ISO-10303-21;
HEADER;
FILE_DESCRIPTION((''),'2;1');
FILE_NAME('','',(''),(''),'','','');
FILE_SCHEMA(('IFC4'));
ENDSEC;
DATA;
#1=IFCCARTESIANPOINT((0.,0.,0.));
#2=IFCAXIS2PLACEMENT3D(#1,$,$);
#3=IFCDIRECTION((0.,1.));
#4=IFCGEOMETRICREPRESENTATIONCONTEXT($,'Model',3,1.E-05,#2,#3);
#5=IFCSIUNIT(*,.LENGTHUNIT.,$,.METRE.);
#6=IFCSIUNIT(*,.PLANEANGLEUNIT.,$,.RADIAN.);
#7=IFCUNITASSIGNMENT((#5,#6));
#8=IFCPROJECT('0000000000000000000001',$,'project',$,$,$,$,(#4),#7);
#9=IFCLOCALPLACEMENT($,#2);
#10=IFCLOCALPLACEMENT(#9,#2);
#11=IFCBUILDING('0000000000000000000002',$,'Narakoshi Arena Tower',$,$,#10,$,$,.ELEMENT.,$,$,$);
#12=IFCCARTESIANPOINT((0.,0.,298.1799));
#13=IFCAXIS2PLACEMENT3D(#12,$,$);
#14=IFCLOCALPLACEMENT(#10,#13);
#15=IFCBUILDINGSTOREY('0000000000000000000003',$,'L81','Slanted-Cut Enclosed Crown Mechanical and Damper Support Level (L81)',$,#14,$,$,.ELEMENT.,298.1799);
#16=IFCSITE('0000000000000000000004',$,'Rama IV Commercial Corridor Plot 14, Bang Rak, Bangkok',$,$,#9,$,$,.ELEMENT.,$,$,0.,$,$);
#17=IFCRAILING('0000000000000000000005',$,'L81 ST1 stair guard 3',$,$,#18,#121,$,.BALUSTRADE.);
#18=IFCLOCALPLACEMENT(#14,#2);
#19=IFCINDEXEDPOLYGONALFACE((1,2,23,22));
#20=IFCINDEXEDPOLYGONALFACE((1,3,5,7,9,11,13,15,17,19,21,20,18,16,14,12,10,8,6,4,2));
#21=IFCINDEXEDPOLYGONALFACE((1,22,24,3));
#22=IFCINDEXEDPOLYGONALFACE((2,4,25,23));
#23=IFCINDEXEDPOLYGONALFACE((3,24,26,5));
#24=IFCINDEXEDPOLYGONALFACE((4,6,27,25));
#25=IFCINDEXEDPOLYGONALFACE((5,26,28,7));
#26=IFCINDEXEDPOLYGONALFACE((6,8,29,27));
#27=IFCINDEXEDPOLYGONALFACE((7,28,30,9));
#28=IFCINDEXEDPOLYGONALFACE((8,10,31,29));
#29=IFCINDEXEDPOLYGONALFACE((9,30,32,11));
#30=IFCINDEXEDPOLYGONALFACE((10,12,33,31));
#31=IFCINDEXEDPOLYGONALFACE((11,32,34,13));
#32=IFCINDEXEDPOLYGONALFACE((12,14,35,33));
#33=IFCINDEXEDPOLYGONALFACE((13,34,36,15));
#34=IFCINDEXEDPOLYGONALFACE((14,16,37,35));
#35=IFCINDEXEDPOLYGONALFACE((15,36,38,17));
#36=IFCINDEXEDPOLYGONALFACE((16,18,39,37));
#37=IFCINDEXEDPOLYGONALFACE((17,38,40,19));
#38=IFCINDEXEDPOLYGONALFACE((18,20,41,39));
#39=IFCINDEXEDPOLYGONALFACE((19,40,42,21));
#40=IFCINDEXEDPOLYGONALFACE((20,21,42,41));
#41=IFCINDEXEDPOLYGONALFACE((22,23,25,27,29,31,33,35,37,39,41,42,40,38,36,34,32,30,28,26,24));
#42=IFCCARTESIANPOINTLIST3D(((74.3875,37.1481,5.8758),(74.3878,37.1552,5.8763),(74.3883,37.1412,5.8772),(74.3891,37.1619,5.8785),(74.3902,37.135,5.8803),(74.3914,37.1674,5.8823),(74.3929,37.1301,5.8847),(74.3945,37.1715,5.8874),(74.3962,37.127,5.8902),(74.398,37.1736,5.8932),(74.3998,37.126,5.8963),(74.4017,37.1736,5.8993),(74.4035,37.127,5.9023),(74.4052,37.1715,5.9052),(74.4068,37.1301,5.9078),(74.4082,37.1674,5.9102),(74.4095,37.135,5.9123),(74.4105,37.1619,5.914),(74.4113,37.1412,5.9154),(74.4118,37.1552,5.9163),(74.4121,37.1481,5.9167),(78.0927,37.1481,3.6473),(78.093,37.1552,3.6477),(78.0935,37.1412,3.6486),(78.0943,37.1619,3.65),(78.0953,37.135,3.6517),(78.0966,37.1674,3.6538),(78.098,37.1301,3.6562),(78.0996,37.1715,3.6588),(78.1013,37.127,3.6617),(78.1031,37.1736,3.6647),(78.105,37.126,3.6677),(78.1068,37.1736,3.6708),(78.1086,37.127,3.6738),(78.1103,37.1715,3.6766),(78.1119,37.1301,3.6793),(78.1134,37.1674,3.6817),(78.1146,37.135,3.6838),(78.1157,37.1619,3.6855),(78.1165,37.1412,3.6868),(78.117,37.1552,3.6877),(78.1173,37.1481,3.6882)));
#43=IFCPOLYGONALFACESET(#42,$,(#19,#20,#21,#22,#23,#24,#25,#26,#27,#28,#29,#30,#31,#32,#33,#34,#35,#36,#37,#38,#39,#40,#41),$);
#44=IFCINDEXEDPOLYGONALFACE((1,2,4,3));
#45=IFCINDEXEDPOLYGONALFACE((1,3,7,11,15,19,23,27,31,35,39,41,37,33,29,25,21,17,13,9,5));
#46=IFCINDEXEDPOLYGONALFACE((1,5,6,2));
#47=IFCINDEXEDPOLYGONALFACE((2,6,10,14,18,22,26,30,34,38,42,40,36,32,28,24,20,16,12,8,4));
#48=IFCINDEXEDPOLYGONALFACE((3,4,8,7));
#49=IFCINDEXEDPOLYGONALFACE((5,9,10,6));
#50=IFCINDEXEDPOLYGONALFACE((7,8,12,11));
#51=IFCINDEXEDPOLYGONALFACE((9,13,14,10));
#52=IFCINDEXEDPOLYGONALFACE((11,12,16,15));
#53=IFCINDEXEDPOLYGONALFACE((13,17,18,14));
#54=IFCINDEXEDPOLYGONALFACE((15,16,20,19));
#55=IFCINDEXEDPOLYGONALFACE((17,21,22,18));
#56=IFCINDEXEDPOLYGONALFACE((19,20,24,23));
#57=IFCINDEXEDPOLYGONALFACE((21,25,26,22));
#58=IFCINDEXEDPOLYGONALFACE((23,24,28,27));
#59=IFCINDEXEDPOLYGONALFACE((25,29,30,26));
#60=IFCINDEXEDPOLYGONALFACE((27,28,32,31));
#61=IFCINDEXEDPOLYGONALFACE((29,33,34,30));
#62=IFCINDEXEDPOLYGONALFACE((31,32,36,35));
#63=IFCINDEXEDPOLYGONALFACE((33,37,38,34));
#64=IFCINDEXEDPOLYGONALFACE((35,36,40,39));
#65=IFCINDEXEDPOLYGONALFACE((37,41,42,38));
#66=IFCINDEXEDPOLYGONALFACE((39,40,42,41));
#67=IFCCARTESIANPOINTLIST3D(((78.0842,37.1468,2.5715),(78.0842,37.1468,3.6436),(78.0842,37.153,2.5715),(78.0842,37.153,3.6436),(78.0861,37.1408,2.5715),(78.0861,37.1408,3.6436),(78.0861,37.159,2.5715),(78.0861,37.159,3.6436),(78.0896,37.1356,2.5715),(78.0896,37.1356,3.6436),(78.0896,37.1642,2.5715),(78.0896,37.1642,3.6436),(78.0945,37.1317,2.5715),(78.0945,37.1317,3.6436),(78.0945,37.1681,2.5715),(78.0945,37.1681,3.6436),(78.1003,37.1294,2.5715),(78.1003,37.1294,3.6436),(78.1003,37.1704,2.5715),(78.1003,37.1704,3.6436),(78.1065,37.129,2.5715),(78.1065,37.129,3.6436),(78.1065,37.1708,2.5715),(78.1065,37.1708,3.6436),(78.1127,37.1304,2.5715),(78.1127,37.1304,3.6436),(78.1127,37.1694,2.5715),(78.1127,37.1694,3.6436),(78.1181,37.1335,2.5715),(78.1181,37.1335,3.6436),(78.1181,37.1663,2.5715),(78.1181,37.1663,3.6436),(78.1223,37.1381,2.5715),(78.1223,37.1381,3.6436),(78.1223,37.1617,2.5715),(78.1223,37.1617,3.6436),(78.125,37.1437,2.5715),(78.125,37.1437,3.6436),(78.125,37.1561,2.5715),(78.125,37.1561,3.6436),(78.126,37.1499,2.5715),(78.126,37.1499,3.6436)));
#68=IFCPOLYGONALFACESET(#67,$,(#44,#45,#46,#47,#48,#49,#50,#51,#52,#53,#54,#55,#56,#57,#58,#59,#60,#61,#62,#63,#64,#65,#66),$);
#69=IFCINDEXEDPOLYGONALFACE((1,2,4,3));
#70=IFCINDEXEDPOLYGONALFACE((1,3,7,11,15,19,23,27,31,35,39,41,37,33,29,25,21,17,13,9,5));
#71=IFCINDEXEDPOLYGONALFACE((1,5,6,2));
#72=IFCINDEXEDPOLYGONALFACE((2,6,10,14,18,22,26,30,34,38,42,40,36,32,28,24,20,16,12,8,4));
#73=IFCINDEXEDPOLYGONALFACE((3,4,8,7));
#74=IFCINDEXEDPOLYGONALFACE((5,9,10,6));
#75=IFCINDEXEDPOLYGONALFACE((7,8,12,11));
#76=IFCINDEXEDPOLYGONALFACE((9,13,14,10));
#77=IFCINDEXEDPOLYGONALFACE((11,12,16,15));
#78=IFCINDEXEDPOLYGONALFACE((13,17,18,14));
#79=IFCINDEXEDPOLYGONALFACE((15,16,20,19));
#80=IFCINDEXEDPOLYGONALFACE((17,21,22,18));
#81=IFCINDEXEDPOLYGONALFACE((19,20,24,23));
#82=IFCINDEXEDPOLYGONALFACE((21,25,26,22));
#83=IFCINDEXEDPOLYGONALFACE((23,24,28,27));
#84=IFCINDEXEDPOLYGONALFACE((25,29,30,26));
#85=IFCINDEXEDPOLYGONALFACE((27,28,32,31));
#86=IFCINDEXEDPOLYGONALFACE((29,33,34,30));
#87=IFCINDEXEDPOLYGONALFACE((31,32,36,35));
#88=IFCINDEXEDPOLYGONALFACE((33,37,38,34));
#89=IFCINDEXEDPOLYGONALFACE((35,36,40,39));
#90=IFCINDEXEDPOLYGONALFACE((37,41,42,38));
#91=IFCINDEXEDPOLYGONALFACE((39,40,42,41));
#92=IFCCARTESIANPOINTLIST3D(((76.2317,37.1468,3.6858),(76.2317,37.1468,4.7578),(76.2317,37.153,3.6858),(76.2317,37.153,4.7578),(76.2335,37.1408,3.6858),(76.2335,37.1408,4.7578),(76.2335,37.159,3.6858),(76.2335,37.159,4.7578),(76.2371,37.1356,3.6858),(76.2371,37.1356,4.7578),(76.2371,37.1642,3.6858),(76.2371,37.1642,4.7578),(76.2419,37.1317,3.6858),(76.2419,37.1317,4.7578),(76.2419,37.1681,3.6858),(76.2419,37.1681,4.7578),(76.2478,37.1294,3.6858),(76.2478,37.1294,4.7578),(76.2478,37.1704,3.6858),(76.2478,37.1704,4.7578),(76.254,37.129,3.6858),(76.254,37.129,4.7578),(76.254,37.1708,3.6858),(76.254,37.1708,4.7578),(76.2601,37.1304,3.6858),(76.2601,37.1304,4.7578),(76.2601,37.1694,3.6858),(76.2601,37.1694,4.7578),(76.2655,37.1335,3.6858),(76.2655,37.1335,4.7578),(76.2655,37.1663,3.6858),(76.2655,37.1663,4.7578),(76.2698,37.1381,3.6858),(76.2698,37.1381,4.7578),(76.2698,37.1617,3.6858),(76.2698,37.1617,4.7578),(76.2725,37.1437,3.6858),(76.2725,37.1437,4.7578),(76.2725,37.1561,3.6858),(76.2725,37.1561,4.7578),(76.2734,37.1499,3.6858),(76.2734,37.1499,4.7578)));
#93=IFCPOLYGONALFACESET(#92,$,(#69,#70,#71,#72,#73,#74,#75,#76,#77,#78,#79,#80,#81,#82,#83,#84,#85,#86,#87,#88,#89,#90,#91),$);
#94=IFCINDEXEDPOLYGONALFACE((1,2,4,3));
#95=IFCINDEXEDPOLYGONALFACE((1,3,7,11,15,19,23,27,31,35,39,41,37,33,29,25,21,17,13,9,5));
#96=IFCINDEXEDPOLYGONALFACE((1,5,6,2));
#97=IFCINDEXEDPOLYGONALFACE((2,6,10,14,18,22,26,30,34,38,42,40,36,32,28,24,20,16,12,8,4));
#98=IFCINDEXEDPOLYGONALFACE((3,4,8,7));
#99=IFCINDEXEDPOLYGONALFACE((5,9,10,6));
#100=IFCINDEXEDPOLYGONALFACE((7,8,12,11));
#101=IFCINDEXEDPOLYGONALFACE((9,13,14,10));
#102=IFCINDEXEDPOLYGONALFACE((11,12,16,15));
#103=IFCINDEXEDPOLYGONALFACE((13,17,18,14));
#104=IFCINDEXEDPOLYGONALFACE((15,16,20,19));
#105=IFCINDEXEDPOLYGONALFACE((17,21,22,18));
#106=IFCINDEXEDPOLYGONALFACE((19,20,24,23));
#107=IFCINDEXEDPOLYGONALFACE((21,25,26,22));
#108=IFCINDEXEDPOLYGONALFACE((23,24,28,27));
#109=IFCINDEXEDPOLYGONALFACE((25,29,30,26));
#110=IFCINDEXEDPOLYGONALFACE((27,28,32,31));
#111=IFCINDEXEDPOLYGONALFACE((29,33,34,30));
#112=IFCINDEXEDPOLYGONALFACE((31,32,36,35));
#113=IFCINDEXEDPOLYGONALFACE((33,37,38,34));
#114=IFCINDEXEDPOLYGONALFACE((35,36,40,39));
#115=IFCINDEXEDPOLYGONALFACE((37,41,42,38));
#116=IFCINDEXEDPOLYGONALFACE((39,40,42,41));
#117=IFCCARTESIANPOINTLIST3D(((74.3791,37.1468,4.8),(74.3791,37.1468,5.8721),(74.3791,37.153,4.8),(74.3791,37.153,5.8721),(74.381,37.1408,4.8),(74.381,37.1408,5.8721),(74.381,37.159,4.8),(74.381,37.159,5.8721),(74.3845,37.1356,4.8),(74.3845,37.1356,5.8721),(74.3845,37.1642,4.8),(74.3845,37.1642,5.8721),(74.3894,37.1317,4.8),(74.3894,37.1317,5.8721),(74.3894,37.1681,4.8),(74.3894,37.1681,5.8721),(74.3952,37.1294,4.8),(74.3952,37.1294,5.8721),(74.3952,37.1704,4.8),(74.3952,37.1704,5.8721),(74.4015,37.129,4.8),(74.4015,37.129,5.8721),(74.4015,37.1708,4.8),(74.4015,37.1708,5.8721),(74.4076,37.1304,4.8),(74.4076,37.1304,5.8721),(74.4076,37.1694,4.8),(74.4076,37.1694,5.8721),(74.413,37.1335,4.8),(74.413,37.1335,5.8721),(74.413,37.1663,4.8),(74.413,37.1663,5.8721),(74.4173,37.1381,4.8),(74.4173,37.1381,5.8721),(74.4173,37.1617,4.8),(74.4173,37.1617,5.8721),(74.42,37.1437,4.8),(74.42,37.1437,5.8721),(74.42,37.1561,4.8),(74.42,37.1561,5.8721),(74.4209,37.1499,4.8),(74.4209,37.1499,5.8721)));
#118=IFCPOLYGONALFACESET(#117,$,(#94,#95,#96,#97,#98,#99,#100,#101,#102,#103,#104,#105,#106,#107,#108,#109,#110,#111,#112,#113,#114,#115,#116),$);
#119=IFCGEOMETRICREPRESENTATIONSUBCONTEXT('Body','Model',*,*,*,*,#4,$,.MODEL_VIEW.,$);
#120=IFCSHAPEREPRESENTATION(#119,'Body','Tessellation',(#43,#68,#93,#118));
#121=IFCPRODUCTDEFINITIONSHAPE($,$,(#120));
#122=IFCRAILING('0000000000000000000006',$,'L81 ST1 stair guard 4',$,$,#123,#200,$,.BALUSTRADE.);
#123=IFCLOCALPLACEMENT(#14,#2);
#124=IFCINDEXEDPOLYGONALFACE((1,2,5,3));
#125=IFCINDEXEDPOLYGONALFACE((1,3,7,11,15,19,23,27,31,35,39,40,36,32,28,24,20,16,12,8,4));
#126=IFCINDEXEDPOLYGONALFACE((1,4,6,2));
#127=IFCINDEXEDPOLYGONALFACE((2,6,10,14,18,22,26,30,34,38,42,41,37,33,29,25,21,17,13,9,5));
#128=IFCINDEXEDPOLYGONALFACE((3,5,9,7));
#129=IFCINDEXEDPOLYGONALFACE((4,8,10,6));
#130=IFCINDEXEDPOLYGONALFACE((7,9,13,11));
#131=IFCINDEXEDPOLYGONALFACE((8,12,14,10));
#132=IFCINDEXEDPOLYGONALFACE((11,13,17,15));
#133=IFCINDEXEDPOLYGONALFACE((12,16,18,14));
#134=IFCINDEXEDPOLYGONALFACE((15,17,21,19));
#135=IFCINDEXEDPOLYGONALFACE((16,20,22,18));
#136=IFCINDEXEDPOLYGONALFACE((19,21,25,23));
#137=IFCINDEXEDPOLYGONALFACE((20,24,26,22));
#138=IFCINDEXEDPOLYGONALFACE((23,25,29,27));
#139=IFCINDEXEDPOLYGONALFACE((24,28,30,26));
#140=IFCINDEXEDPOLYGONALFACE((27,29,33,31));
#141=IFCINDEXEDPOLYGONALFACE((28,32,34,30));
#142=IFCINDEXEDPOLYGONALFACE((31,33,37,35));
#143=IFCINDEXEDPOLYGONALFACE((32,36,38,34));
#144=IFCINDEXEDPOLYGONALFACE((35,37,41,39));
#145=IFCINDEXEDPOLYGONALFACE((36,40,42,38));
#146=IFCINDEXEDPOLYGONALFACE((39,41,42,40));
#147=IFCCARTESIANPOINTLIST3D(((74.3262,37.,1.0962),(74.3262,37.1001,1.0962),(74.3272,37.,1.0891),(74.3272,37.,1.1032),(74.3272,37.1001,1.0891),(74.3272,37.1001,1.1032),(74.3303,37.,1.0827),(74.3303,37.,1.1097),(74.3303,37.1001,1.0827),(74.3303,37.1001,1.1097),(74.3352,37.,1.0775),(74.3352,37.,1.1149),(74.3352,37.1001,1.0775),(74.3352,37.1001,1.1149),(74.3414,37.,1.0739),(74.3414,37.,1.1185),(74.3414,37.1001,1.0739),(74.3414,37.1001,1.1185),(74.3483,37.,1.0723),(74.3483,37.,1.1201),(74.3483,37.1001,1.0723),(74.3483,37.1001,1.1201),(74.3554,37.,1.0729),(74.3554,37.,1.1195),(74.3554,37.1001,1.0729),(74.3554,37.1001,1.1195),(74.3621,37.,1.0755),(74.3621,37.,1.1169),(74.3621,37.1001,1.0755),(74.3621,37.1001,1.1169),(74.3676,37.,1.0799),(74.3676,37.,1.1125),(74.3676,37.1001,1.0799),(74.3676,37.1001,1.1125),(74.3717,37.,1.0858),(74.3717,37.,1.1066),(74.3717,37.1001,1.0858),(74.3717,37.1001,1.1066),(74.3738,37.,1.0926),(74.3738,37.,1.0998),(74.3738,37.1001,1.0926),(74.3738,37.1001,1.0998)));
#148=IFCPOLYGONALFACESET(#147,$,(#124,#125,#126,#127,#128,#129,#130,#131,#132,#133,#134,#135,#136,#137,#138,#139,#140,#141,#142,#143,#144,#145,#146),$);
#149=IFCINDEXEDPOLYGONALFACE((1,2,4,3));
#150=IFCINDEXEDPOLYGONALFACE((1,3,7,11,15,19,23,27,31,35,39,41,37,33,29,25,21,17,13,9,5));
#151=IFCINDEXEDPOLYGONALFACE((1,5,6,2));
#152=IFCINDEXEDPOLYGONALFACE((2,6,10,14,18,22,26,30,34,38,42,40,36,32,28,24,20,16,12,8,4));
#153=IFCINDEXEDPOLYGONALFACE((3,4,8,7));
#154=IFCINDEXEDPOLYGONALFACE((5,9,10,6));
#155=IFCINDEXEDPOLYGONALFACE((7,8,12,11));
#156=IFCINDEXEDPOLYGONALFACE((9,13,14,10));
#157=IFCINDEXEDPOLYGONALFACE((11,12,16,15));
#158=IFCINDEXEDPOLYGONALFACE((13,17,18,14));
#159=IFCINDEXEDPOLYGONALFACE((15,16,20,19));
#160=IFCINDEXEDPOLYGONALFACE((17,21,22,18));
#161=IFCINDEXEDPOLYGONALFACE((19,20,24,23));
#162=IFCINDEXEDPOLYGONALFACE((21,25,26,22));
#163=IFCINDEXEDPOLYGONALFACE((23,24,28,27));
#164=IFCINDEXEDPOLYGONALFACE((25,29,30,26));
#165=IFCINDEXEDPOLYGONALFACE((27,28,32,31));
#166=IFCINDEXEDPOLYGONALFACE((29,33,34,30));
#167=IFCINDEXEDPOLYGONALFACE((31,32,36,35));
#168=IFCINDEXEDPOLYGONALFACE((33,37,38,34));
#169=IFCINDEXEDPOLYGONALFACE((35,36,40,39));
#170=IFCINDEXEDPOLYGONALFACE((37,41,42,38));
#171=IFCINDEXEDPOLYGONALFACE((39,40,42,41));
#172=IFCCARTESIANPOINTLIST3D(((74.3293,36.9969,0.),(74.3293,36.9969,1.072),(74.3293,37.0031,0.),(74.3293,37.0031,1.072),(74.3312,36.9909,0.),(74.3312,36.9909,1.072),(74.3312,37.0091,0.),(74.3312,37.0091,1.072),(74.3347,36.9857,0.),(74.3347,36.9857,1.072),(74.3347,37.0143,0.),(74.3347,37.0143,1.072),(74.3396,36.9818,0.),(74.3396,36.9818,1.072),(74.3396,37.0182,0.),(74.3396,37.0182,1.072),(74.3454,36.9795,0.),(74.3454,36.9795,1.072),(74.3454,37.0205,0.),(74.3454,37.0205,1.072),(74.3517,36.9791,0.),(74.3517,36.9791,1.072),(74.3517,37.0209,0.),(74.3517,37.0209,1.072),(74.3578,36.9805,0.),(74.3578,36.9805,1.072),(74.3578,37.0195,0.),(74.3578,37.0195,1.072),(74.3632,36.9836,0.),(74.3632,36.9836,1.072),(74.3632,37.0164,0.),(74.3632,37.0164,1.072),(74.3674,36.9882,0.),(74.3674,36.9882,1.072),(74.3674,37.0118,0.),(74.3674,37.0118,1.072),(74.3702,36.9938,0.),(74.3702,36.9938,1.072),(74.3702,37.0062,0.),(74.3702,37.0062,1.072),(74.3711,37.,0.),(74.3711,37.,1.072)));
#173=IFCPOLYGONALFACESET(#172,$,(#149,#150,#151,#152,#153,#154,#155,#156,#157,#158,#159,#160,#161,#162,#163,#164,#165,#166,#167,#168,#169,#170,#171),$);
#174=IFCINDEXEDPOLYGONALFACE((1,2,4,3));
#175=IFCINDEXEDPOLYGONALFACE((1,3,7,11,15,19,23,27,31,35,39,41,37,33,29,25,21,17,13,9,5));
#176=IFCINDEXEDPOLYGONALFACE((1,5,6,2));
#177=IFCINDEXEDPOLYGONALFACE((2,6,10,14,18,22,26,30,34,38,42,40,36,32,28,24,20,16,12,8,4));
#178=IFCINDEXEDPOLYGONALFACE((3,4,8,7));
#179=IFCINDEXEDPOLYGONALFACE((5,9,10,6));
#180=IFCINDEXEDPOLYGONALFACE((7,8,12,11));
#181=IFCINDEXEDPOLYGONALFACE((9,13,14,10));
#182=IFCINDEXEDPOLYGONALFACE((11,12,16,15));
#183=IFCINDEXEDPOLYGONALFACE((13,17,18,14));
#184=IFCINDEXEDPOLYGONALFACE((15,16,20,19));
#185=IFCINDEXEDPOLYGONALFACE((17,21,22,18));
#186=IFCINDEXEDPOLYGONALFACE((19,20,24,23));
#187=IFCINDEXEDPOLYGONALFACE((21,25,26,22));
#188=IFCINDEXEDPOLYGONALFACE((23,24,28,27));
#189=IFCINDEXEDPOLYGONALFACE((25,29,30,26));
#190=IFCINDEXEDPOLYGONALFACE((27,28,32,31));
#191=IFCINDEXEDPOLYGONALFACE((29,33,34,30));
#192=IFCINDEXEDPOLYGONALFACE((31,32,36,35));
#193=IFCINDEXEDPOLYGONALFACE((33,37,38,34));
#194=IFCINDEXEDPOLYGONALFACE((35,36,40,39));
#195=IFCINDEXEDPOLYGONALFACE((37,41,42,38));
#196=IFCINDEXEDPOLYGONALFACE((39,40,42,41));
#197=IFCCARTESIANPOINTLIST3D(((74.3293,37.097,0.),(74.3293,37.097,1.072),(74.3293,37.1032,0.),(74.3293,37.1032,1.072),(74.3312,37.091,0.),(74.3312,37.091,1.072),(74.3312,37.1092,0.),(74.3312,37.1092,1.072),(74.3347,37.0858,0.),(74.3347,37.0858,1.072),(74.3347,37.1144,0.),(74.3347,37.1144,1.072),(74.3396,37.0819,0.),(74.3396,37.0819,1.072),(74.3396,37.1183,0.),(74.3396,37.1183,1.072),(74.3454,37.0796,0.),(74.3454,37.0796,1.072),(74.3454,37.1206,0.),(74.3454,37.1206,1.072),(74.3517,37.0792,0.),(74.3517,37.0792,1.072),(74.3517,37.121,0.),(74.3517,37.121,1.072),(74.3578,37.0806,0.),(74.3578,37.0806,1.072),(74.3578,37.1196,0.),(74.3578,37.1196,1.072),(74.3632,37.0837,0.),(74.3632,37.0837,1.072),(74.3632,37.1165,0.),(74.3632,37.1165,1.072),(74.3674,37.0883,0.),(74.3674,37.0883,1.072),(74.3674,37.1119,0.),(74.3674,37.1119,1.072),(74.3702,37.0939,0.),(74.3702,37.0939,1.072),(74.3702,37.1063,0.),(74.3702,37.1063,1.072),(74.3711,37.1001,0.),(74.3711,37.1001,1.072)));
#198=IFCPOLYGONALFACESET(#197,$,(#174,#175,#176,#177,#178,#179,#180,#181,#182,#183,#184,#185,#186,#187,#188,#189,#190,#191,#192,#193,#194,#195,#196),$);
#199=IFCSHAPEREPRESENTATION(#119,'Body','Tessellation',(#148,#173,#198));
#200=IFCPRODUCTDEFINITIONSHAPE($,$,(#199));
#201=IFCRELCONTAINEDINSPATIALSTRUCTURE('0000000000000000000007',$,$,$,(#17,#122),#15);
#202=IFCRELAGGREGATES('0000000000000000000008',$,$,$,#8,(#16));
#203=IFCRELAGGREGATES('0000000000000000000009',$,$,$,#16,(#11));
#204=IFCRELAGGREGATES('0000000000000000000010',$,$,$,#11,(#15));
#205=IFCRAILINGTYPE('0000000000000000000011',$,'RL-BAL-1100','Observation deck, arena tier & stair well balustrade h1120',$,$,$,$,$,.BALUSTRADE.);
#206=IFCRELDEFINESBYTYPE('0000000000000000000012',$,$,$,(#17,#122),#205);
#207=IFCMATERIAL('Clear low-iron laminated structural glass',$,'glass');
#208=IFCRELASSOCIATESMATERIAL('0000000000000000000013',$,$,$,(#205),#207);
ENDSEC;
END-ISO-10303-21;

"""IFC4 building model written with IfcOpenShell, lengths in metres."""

from ifc_helpers import new_model, si_unit, direction, frame, origin, origin_2d, place, context, subcontext, project, spatial, circle, extrude, material, type_object, element, save


model = new_model("IFC4")

# Units and contexts
model_context = context("Model", 3, precision=1e-05, world=origin(), true_north=direction((0.0, 1.0)))
body_context = subcontext(model_context, "Body", "Model", "MODEL_VIEW")
ifc_project = project(units=[si_unit("LENGTHUNIT", "METRE"), si_unit("PLANEANGLEUNIT", "RADIAN")], contexts=[model_context])

# Site, building, storey
site_placement = place(None, origin())
site = spatial("IfcSite", under=ifc_project, at=site_placement, Name="Rama IV Commercial Corridor Plot 14, Bang Rak, Bangkok", CompositionType="ELEMENT", RefElevation=0.0)
building_placement = place(site_placement, origin())
building = spatial("IfcBuilding", under=site, at=building_placement, Name="Narakoshi Arena Tower", CompositionType="ELEMENT")
storey_placement = place(building_placement, frame((0.0, 0.0, 298.1799)))
storey = spatial("IfcBuildingStorey", under=building, at=storey_placement, Name="L81", Description="Slanted-Cut Enclosed Crown Mechanical and Damper Support Level (L81)", CompositionType="ELEMENT", Elevation=298.1799)

# Railings
ifc_material_1 = material(Name="Clear low-iron laminated structural glass", Category="glass")
railing_type_1 = type_object("IfcRailingType", Name="RL-BAL-1100", Description="Observation deck, arena tier & stair well balustrade h1120", PredefinedType="BALUSTRADE", material=ifc_material_1)
railing_1_placement = place(storey_placement, frame((78.105, 37.1499, 2.5715)))
element("IfcRailing", 1, at=railing_1_placement, inside=storey, type_object=railing_type_1, Name="L81 ST1 stair guard 3", PredefinedType="BALUSTRADE", context=body_context, shape_type="SweptSolid", body=[
    extrude(circle(Radius=0.0239, at=origin_2d()), frame((0.0, 0.0, 1.0962), z_axis=(-0.856934, 0.0, 0.515425), x_axis=(0.0, -1.0, 0.0)), (0.0, 0.0, 1.0), 4.3237),
    extrude(circle(Radius=0.021, at=origin_2d()), origin(), (0.0, 0.0, 1.0), 1.072),
    extrude(circle(Radius=0.021, at=origin_2d()), frame((-1.8525, 0.0, 1.1143)), (0.0, 0.0, 1.0), 1.072),
    extrude(circle(Radius=0.021, at=origin_2d()), frame((-3.7051, 0.0, 2.2285)), (0.0, 0.0, 1.0), 1.072),
])
railing_2_placement = place(storey_placement, frame((74.3501, 37.0, 0.0)))
element("IfcRailing", 2, at=railing_2_placement, inside=storey, type_object=railing_type_1, Name="L81 ST1 stair guard 4", PredefinedType="BALUSTRADE", context=body_context, shape_type="SweptSolid", body=[
    extrude(circle(Radius=0.0239, at=origin_2d()), frame((0.0, 0.0, 1.0962), z_axis=(0.0, 1.0, 0.0), x_axis=(-1.0, 0.0, 0.0)), (0.0, 0.0, 1.0), 0.1001),
    extrude(circle(Radius=0.021, at=origin_2d()), origin(), (0.0, 0.0, 1.0), 1.072),
    extrude(circle(Radius=0.021, at=origin_2d()), frame((0.0, 0.1001, 0.0)), (0.0, 0.0, 1.0), 1.072),
])

save(model, "model.ifc")
